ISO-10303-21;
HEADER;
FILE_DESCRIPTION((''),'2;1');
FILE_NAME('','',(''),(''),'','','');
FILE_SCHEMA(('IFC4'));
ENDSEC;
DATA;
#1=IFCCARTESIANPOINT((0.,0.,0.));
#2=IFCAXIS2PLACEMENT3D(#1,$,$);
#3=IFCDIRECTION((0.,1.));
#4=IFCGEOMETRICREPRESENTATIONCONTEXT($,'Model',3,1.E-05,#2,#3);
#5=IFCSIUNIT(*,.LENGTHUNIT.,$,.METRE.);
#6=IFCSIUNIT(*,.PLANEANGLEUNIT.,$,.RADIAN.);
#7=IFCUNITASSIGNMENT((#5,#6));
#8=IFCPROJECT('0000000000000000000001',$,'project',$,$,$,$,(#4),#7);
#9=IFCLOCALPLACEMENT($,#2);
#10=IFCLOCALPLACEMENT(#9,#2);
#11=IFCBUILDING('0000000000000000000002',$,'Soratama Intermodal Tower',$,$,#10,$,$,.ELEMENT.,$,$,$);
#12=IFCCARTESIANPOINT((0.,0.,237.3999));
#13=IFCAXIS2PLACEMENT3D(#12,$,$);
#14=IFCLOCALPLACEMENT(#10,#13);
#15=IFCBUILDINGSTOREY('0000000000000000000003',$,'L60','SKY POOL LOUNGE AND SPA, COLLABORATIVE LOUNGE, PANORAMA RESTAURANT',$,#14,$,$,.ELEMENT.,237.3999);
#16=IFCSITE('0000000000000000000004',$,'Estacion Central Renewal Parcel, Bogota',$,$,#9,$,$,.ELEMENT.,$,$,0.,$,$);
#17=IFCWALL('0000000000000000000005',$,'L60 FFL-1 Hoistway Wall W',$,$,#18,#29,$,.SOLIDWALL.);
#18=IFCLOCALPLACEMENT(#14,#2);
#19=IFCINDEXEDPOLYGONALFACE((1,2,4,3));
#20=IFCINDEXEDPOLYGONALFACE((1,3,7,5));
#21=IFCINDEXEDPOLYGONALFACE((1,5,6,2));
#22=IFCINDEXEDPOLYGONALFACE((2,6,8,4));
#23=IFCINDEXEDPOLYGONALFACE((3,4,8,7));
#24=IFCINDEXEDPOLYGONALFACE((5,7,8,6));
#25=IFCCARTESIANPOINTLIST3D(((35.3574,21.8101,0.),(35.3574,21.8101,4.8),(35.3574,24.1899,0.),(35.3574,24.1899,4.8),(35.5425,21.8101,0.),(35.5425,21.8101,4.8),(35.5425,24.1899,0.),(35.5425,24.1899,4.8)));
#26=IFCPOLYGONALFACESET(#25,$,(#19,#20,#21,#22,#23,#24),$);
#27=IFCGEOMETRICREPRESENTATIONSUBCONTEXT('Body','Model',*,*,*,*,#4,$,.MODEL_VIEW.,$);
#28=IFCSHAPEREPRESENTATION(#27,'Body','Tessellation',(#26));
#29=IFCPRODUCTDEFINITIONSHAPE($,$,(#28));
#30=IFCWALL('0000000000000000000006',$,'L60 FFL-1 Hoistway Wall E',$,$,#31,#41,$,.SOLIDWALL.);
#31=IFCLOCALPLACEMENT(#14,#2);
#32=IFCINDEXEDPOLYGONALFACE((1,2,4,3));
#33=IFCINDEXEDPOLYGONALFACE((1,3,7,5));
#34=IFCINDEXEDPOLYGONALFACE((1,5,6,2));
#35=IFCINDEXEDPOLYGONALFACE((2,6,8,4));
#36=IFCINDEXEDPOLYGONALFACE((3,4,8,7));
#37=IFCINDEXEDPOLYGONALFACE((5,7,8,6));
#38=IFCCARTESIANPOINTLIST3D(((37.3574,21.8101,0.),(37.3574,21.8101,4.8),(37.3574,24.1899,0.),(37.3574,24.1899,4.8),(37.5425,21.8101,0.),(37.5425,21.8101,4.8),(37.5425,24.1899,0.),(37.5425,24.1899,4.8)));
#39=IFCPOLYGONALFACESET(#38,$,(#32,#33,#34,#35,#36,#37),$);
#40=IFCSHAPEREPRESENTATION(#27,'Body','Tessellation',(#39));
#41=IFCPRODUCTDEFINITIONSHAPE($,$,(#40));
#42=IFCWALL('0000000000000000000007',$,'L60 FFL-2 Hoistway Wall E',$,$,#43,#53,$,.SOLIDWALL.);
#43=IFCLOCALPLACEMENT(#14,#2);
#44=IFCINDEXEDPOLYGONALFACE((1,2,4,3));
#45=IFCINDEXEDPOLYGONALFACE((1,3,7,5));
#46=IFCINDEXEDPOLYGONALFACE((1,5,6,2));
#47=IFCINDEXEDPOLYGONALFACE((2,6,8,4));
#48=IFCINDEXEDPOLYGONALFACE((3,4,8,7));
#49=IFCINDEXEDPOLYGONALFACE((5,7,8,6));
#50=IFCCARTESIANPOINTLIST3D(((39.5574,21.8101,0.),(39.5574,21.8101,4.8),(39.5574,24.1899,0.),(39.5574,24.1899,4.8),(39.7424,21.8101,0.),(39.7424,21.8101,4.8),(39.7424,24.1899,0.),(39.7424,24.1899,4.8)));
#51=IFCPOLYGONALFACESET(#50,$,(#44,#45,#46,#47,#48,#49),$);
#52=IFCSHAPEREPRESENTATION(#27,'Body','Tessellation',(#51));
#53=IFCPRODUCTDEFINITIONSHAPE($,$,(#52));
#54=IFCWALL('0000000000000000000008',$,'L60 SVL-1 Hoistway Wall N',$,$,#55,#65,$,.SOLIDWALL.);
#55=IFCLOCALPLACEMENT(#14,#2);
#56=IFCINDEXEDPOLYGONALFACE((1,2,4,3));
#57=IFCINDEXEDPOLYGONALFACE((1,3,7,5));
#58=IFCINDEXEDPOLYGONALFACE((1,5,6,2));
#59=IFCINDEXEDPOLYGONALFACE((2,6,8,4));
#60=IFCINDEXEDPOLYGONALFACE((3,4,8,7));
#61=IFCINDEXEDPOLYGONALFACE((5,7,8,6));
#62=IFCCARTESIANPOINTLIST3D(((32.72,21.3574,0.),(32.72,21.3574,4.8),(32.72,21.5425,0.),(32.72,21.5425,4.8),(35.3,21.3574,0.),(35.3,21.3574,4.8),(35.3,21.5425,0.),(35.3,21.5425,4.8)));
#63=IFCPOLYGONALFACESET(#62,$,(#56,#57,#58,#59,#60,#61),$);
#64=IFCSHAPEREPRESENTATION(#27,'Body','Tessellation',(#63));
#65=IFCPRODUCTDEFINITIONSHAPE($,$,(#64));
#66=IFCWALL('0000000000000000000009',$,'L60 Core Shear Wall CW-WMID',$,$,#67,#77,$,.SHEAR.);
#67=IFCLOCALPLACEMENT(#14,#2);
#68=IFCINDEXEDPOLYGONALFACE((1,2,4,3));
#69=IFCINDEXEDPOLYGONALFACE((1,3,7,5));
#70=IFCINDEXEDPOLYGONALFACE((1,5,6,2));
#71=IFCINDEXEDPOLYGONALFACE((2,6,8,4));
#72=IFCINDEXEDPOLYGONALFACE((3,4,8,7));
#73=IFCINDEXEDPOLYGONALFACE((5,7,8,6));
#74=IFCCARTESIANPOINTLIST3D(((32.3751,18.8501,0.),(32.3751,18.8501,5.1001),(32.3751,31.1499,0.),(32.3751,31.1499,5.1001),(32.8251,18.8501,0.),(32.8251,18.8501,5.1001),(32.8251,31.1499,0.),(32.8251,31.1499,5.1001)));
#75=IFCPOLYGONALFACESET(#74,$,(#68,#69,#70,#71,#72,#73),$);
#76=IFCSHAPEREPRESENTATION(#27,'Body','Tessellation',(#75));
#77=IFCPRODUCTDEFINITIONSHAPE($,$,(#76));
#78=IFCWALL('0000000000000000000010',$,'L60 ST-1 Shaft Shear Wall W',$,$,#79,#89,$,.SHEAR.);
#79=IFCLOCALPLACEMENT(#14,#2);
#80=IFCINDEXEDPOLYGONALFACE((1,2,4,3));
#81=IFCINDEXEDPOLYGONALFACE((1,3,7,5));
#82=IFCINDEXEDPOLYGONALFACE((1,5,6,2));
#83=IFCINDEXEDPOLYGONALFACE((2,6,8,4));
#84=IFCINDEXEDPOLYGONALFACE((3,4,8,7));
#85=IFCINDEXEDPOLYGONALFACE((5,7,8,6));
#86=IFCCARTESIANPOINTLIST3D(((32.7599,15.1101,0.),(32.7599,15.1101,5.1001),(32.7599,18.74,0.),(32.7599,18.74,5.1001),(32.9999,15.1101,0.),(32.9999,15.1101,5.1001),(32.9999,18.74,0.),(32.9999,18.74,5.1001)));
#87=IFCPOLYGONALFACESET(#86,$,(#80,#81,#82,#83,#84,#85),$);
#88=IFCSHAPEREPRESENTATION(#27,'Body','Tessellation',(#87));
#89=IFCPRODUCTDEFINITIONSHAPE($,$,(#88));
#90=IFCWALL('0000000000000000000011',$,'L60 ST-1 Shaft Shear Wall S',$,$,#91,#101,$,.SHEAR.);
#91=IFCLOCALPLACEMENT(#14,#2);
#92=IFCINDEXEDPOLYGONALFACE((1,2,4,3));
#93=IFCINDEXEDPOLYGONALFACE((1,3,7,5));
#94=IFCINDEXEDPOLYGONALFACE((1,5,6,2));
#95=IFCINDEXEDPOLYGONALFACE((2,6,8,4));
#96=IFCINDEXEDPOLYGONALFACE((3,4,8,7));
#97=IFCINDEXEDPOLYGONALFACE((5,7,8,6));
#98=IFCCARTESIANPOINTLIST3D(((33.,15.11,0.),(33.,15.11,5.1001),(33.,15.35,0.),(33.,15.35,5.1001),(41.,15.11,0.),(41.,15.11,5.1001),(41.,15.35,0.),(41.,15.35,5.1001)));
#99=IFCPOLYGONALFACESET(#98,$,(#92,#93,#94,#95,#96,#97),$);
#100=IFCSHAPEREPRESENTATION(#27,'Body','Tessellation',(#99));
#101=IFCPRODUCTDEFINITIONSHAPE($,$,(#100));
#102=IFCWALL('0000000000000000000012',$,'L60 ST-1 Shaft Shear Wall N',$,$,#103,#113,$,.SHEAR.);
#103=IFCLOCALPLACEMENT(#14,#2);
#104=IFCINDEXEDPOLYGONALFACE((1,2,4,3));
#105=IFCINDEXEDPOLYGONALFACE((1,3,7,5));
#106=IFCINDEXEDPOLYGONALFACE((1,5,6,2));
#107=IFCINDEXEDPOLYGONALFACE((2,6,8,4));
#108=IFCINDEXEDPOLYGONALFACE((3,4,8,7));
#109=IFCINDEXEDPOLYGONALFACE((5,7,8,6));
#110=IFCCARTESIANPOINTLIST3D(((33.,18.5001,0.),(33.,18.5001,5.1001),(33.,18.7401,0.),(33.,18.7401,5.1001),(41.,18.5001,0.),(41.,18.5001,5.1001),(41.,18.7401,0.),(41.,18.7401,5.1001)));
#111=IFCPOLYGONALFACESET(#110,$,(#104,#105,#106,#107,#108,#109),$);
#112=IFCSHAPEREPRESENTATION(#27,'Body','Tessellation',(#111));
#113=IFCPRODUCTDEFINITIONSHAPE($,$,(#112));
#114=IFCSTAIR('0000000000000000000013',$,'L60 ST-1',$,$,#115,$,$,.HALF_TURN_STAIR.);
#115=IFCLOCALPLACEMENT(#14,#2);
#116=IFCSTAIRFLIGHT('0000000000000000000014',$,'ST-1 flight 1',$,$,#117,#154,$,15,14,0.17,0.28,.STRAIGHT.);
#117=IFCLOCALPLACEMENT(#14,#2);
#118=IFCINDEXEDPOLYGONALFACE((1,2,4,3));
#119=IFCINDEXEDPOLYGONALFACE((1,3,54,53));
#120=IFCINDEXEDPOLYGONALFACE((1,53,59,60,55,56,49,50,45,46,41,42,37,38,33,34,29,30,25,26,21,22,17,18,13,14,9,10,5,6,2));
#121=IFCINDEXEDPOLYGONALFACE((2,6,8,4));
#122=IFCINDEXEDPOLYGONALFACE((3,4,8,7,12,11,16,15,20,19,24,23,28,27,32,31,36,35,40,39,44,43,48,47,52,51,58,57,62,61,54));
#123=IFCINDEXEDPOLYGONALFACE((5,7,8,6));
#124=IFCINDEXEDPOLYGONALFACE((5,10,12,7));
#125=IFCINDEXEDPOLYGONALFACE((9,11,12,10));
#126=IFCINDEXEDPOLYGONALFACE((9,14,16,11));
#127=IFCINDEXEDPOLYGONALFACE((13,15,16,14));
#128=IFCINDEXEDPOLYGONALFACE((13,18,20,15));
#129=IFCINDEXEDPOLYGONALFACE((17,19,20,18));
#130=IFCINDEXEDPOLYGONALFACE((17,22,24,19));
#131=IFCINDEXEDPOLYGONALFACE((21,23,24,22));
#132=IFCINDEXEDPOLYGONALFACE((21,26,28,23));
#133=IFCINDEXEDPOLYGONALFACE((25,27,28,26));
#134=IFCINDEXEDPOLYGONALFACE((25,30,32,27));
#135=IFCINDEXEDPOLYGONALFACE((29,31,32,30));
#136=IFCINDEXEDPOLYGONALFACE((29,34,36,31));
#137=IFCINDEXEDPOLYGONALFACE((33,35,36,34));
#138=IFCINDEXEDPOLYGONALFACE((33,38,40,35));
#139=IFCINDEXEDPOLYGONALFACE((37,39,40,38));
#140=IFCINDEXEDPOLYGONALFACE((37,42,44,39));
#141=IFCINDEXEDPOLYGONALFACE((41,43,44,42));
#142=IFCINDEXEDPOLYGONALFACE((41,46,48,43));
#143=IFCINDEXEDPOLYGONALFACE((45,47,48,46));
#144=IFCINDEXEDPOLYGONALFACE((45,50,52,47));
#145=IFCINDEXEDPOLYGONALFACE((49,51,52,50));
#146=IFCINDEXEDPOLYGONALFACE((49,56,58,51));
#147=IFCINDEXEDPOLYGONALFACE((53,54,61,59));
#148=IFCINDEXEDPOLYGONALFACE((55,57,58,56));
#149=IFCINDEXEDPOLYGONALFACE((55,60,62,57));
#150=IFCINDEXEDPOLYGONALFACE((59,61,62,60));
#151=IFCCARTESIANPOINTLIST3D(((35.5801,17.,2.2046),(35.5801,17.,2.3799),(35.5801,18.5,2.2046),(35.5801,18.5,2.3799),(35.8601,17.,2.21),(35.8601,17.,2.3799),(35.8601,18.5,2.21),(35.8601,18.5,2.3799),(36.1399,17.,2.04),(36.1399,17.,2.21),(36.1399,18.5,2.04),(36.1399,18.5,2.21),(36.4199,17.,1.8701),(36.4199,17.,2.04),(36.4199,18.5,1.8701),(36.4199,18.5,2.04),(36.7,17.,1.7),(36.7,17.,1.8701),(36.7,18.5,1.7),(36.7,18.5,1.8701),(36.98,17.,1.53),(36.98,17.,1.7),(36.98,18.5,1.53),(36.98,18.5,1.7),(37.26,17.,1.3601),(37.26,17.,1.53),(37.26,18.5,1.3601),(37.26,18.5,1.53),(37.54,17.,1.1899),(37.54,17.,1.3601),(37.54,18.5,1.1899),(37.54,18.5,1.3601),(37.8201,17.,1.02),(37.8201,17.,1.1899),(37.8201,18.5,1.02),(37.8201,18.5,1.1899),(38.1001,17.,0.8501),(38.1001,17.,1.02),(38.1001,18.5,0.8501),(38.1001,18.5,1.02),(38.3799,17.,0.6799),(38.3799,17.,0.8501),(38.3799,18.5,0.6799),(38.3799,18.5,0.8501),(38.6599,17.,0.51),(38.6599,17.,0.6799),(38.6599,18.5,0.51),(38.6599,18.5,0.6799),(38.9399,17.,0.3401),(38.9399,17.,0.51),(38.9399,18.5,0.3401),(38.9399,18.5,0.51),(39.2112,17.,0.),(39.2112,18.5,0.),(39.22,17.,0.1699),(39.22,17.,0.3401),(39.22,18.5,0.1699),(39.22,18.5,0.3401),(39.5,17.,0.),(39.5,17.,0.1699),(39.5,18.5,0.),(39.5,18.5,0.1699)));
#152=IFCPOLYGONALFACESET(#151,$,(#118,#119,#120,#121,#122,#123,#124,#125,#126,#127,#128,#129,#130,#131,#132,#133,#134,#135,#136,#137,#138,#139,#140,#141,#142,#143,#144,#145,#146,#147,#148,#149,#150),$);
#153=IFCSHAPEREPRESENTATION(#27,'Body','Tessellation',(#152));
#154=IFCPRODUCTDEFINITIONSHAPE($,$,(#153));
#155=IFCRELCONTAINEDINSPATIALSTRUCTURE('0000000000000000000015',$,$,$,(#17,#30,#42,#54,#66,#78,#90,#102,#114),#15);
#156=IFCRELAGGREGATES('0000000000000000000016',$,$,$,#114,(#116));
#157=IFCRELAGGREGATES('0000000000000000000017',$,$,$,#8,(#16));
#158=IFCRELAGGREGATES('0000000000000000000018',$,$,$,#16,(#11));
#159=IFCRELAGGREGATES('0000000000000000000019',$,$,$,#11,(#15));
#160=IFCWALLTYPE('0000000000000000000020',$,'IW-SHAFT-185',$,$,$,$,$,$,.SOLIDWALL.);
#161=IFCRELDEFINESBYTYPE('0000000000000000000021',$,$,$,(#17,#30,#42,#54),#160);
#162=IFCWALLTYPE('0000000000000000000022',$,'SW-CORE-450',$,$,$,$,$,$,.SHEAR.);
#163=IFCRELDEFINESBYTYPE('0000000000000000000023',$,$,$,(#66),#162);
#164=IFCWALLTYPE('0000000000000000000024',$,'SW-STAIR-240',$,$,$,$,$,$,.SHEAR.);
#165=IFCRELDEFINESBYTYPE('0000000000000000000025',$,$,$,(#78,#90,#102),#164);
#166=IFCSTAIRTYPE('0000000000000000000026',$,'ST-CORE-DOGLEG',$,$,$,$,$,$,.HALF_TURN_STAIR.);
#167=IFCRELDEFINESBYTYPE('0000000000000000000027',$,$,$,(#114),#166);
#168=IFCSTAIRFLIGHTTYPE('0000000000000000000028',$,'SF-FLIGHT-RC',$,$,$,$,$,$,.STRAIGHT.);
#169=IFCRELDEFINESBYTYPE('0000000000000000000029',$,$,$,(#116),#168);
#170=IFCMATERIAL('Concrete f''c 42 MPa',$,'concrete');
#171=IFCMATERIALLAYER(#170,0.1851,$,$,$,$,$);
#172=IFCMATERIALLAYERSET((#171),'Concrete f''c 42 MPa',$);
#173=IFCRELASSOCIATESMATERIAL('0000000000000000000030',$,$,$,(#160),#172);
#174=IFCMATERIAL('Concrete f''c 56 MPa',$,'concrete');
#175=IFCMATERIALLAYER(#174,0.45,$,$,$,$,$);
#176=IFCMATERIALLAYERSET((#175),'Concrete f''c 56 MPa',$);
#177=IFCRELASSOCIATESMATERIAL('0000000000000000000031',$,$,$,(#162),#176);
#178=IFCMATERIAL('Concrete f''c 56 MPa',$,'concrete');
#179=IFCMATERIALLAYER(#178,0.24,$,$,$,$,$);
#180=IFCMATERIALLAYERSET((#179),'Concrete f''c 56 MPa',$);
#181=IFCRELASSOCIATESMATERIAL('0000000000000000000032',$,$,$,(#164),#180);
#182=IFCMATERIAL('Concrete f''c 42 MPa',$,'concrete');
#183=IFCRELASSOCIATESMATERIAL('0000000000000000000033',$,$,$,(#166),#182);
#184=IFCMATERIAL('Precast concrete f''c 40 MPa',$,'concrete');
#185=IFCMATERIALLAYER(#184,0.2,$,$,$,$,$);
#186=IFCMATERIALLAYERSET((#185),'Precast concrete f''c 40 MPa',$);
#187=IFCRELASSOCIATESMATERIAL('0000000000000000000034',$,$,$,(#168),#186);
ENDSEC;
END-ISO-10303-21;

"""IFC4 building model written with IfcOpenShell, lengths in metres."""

from ifc_helpers import new_model, si_unit, direction, frame, frame_2d, origin, place, context, subcontext, project, spatial, polyline, rectangle, outline, extrude, material, layer, layer_set, type_object, element, aggregate, save


model = new_model("IFC4")

# Units and contexts
model_context = context("Model", 3, precision=1e-05, world=origin(), true_north=direction((0.0, 1.0)))
body_context = subcontext(model_context, "Body", "Model", "MODEL_VIEW")
ifc_project = project(units=[si_unit("LENGTHUNIT", "METRE"), si_unit("PLANEANGLEUNIT", "RADIAN")], contexts=[model_context])

# Site, building, storey
site_placement = place(None, origin())
site = spatial("IfcSite", under=ifc_project, at=site_placement, Name="Estacion Central Renewal Parcel, Bogota", CompositionType="ELEMENT", RefElevation=0.0)
building_placement = place(site_placement, origin())
building = spatial("IfcBuilding", under=site, at=building_placement, Name="Soratama Intermodal Tower", CompositionType="ELEMENT")
storey_placement = place(building_placement, frame((0.0, 0.0, 237.3999)))
storey = spatial("IfcBuildingStorey", under=building, at=storey_placement, Name="L60", Description="SKY POOL LOUNGE AND SPA, COLLABORATIVE LOUNGE, PANORAMA RESTAURANT", CompositionType="ELEMENT", Elevation=237.3999)

# Shared definitions
ifc_material_1 = material(Name="Concrete f'c 42 MPa", Category="concrete")
ifc_layer_1 = layer(ifc_material_1, 0.1851)
ifc_layer_set_1 = layer_set([ifc_layer_1], Name="Concrete f'c 42 MPa")
wall_type_1 = type_object("IfcWallType", Name="IW-SHAFT-185", PredefinedType="SOLIDWALL", material=ifc_layer_set_1)

# Walls
for number, where, z_axis, x_axis, name in (
    (1, (35.45, 21.8101, 0.0), (0.0, 0.0, 1.0), (0.0, 1.0, 0.0), "L60 FFL-1 Hoistway Wall W"),
    (2, (37.45, 21.8101, 0.0), (0.0, 0.0, 1.0), (0.0, 1.0, 0.0), "L60 FFL-1 Hoistway Wall E"),
):
    element("IfcWall", number, at=place(storey_placement, frame(where, z_axis=z_axis, x_axis=x_axis)), inside=storey, type_object=wall_type_1, Name=name, PredefinedType="SOLIDWALL", context=body_context, shape_type="SweptSolid", body=[
        extrude(rectangle(XDim=2.3799, YDim=0.1851, at=frame_2d((1.1899, 0.0))), origin(), (0.0, 0.0, 1.0), 4.8),
    ])

# Walls
wall_1_placement = place(storey_placement, frame((39.6499, 21.8101, 0.0), z_axis=(0.0, 0.0, 1.0), x_axis=(0.0, 1.0, 0.0)))
element("IfcWall", 3, at=wall_1_placement, inside=storey, type_object=wall_type_1, Name="L60 FFL-2 Hoistway Wall E", PredefinedType="SOLIDWALL", context=body_context, shape_type="SweptSolid", body=[
    extrude(rectangle(XDim=2.3799, YDim=0.1851, at=frame_2d((1.1899, 0.0))), origin(), (0.0, 0.0, 1.0), 4.8),
])
wall_2_placement = place(storey_placement, frame((32.72, 21.45, 0.0), z_axis=(0.0, 0.0, 1.0), x_axis=(1.0, 0.0, 0.0)))
element("IfcWall", 4, at=wall_2_placement, inside=storey, type_object=wall_type_1, Name="L60 SVL-1 Hoistway Wall N", PredefinedType="SOLIDWALL", context=body_context, shape_type="SweptSolid", body=[
    extrude(rectangle(XDim=2.5801, YDim=0.1851, at=frame_2d((1.29, 0.0))), origin(), (0.0, 0.0, 1.0), 4.8),
])

# Walls
ifc_material_2 = material(Name="Concrete f'c 56 MPa", Category="concrete")
ifc_layer_2 = layer(ifc_material_2, 0.45)
ifc_layer_set_2 = layer_set([ifc_layer_2], Name="Concrete f'c 56 MPa")
wall_type_2 = type_object("IfcWallType", Name="SW-CORE-450", PredefinedType="SHEAR", material=ifc_layer_set_2)
wall_3_placement = place(storey_placement, frame((32.6001, 18.8501, 0.0), z_axis=(0.0, 0.0, 1.0), x_axis=(0.0, 1.0, 0.0)))
element("IfcWall", 5, at=wall_3_placement, inside=storey, type_object=wall_type_2, Name="L60 Core Shear Wall CW-WMID", PredefinedType="SHEAR", context=body_context, shape_type="SweptSolid", body=[
    extrude(rectangle(XDim=12.2998, YDim=0.45, at=frame_2d((6.1499, 0.0))), origin(), (0.0, 0.0, 1.0), 5.1001),
])
ifc_material_3 = material(Name="Concrete f'c 56 MPa", Category="concrete")
ifc_layer_3 = layer(ifc_material_3, 0.24)
ifc_layer_set_3 = layer_set([ifc_layer_3], Name="Concrete f'c 56 MPa")
wall_type_3 = type_object("IfcWallType", Name="SW-STAIR-240", PredefinedType="SHEAR", material=ifc_layer_set_3)
wall_4_placement = place(storey_placement, frame((32.8799, 15.1101, 0.0), z_axis=(0.0, 0.0, 1.0), x_axis=(0.0, 1.0, 0.0)))
element("IfcWall", 6, at=wall_4_placement, inside=storey, type_object=wall_type_3, Name="L60 ST-1 Shaft Shear Wall W", PredefinedType="SHEAR", context=body_context, shape_type="SweptSolid", body=[
    extrude(rectangle(XDim=3.6299, YDim=0.24, at=frame_2d((1.8149, 0.0))), origin(), (0.0, 0.0, 1.0), 5.1001),
])
for number, where, z_axis, x_axis, name in (
    (7, (33.0, 15.23, 0.0), (0.0, 0.0, 1.0), (1.0, 0.0, 0.0), "L60 ST-1 Shaft Shear Wall S"),
    (8, (33.0, 18.6201, 0.0), (0.0, 0.0, 1.0), (1.0, 0.0, 0.0), "L60 ST-1 Shaft Shear Wall N"),
):
    element("IfcWall", number, at=place(storey_placement, frame(where, z_axis=z_axis, x_axis=x_axis)), inside=storey, type_object=wall_type_3, Name=name, PredefinedType="SHEAR", context=body_context, shape_type="SweptSolid", body=[
        extrude(rectangle(XDim=8.0, YDim=0.24, at=frame_2d((4.0, 0.0))), origin(), (0.0, 0.0, 1.0), 5.1001),
    ])

# Stair, stair flight
ifc_material_4 = material(Name="Concrete f'c 42 MPa", Category="concrete")
stair_type = type_object("IfcStairType", Name="ST-CORE-DOGLEG", PredefinedType="HALF_TURN_STAIR", material=ifc_material_4)
stair_placement = place(storey_placement, origin())
stair = element("IfcStair", 9, at=stair_placement, inside=storey, type_object=stair_type, Name="L60 ST-1", PredefinedType="HALF_TURN_STAIR")
ifc_material_5 = material(Name="Precast concrete f'c 40 MPa", Category="concrete")
ifc_layer_4 = layer(ifc_material_5, 0.2)
ifc_layer_set_4 = layer_set([ifc_layer_4], Name="Precast concrete f'c 40 MPa")
stair_flight_type = type_object("IfcStairFlightType", Name="SF-FLIGHT-RC", PredefinedType="STRAIGHT", material=ifc_layer_set_4)
stair_flight_1_placement = place(storey_placement, frame((39.5, 17.75, 0.0), z_axis=(0.0, 0.0, 1.0), x_axis=(-1.0, 0.0, 0.0)))
stair_flight_1 = element("IfcStairFlight", 10, at=stair_flight_1_placement, type_object=stair_flight_type, Name="ST-1 flight 1", NumberOfRisers=15, NumberOfTreads=14, PredefinedType="STRAIGHT", RiserHeight=0.17, TreadLength=0.28, context=body_context, shape_type="SweptSolid", body=[
    extrude(outline(polyline([(0.0, 0.0), (0.0, 0.1699), (0.28, 0.1699), (0.28, 0.3401), (0.5601, 0.3401), (0.5601, 0.51), (0.8401, 0.51), (0.8401, 0.6799), (1.1201, 0.6799), (1.1201, 0.8501), (1.3999, 0.8501), (1.3999, 1.02), (1.6799, 1.02), (1.6799, 1.1899), (1.96, 1.1899), (1.96, 1.3601), (2.24, 1.3601), (2.24, 1.53), (2.52, 1.53), (2.52, 1.7), (2.8, 1.7), (2.8, 1.8701), (3.0801, 1.8701), (3.0801, 2.04), (3.3601, 2.04), (3.3601, 2.21), (3.6399, 2.21), (3.6399, 2.3799), (3.9199, 2.3799), (3.9199, 2.55), (3.9199, 2.2046), (0.2888, 0.0), (0.0, 0.0)])), frame((0.0, 0.75, 0.0), z_axis=(0.0, -1.0, 0.0), x_axis=(1.0, 0.0, 0.0)), (0.0, 0.0, 1.0), 1.5),
])
aggregate(stair, [stair_flight_1])

save(model, "model.ifc")
